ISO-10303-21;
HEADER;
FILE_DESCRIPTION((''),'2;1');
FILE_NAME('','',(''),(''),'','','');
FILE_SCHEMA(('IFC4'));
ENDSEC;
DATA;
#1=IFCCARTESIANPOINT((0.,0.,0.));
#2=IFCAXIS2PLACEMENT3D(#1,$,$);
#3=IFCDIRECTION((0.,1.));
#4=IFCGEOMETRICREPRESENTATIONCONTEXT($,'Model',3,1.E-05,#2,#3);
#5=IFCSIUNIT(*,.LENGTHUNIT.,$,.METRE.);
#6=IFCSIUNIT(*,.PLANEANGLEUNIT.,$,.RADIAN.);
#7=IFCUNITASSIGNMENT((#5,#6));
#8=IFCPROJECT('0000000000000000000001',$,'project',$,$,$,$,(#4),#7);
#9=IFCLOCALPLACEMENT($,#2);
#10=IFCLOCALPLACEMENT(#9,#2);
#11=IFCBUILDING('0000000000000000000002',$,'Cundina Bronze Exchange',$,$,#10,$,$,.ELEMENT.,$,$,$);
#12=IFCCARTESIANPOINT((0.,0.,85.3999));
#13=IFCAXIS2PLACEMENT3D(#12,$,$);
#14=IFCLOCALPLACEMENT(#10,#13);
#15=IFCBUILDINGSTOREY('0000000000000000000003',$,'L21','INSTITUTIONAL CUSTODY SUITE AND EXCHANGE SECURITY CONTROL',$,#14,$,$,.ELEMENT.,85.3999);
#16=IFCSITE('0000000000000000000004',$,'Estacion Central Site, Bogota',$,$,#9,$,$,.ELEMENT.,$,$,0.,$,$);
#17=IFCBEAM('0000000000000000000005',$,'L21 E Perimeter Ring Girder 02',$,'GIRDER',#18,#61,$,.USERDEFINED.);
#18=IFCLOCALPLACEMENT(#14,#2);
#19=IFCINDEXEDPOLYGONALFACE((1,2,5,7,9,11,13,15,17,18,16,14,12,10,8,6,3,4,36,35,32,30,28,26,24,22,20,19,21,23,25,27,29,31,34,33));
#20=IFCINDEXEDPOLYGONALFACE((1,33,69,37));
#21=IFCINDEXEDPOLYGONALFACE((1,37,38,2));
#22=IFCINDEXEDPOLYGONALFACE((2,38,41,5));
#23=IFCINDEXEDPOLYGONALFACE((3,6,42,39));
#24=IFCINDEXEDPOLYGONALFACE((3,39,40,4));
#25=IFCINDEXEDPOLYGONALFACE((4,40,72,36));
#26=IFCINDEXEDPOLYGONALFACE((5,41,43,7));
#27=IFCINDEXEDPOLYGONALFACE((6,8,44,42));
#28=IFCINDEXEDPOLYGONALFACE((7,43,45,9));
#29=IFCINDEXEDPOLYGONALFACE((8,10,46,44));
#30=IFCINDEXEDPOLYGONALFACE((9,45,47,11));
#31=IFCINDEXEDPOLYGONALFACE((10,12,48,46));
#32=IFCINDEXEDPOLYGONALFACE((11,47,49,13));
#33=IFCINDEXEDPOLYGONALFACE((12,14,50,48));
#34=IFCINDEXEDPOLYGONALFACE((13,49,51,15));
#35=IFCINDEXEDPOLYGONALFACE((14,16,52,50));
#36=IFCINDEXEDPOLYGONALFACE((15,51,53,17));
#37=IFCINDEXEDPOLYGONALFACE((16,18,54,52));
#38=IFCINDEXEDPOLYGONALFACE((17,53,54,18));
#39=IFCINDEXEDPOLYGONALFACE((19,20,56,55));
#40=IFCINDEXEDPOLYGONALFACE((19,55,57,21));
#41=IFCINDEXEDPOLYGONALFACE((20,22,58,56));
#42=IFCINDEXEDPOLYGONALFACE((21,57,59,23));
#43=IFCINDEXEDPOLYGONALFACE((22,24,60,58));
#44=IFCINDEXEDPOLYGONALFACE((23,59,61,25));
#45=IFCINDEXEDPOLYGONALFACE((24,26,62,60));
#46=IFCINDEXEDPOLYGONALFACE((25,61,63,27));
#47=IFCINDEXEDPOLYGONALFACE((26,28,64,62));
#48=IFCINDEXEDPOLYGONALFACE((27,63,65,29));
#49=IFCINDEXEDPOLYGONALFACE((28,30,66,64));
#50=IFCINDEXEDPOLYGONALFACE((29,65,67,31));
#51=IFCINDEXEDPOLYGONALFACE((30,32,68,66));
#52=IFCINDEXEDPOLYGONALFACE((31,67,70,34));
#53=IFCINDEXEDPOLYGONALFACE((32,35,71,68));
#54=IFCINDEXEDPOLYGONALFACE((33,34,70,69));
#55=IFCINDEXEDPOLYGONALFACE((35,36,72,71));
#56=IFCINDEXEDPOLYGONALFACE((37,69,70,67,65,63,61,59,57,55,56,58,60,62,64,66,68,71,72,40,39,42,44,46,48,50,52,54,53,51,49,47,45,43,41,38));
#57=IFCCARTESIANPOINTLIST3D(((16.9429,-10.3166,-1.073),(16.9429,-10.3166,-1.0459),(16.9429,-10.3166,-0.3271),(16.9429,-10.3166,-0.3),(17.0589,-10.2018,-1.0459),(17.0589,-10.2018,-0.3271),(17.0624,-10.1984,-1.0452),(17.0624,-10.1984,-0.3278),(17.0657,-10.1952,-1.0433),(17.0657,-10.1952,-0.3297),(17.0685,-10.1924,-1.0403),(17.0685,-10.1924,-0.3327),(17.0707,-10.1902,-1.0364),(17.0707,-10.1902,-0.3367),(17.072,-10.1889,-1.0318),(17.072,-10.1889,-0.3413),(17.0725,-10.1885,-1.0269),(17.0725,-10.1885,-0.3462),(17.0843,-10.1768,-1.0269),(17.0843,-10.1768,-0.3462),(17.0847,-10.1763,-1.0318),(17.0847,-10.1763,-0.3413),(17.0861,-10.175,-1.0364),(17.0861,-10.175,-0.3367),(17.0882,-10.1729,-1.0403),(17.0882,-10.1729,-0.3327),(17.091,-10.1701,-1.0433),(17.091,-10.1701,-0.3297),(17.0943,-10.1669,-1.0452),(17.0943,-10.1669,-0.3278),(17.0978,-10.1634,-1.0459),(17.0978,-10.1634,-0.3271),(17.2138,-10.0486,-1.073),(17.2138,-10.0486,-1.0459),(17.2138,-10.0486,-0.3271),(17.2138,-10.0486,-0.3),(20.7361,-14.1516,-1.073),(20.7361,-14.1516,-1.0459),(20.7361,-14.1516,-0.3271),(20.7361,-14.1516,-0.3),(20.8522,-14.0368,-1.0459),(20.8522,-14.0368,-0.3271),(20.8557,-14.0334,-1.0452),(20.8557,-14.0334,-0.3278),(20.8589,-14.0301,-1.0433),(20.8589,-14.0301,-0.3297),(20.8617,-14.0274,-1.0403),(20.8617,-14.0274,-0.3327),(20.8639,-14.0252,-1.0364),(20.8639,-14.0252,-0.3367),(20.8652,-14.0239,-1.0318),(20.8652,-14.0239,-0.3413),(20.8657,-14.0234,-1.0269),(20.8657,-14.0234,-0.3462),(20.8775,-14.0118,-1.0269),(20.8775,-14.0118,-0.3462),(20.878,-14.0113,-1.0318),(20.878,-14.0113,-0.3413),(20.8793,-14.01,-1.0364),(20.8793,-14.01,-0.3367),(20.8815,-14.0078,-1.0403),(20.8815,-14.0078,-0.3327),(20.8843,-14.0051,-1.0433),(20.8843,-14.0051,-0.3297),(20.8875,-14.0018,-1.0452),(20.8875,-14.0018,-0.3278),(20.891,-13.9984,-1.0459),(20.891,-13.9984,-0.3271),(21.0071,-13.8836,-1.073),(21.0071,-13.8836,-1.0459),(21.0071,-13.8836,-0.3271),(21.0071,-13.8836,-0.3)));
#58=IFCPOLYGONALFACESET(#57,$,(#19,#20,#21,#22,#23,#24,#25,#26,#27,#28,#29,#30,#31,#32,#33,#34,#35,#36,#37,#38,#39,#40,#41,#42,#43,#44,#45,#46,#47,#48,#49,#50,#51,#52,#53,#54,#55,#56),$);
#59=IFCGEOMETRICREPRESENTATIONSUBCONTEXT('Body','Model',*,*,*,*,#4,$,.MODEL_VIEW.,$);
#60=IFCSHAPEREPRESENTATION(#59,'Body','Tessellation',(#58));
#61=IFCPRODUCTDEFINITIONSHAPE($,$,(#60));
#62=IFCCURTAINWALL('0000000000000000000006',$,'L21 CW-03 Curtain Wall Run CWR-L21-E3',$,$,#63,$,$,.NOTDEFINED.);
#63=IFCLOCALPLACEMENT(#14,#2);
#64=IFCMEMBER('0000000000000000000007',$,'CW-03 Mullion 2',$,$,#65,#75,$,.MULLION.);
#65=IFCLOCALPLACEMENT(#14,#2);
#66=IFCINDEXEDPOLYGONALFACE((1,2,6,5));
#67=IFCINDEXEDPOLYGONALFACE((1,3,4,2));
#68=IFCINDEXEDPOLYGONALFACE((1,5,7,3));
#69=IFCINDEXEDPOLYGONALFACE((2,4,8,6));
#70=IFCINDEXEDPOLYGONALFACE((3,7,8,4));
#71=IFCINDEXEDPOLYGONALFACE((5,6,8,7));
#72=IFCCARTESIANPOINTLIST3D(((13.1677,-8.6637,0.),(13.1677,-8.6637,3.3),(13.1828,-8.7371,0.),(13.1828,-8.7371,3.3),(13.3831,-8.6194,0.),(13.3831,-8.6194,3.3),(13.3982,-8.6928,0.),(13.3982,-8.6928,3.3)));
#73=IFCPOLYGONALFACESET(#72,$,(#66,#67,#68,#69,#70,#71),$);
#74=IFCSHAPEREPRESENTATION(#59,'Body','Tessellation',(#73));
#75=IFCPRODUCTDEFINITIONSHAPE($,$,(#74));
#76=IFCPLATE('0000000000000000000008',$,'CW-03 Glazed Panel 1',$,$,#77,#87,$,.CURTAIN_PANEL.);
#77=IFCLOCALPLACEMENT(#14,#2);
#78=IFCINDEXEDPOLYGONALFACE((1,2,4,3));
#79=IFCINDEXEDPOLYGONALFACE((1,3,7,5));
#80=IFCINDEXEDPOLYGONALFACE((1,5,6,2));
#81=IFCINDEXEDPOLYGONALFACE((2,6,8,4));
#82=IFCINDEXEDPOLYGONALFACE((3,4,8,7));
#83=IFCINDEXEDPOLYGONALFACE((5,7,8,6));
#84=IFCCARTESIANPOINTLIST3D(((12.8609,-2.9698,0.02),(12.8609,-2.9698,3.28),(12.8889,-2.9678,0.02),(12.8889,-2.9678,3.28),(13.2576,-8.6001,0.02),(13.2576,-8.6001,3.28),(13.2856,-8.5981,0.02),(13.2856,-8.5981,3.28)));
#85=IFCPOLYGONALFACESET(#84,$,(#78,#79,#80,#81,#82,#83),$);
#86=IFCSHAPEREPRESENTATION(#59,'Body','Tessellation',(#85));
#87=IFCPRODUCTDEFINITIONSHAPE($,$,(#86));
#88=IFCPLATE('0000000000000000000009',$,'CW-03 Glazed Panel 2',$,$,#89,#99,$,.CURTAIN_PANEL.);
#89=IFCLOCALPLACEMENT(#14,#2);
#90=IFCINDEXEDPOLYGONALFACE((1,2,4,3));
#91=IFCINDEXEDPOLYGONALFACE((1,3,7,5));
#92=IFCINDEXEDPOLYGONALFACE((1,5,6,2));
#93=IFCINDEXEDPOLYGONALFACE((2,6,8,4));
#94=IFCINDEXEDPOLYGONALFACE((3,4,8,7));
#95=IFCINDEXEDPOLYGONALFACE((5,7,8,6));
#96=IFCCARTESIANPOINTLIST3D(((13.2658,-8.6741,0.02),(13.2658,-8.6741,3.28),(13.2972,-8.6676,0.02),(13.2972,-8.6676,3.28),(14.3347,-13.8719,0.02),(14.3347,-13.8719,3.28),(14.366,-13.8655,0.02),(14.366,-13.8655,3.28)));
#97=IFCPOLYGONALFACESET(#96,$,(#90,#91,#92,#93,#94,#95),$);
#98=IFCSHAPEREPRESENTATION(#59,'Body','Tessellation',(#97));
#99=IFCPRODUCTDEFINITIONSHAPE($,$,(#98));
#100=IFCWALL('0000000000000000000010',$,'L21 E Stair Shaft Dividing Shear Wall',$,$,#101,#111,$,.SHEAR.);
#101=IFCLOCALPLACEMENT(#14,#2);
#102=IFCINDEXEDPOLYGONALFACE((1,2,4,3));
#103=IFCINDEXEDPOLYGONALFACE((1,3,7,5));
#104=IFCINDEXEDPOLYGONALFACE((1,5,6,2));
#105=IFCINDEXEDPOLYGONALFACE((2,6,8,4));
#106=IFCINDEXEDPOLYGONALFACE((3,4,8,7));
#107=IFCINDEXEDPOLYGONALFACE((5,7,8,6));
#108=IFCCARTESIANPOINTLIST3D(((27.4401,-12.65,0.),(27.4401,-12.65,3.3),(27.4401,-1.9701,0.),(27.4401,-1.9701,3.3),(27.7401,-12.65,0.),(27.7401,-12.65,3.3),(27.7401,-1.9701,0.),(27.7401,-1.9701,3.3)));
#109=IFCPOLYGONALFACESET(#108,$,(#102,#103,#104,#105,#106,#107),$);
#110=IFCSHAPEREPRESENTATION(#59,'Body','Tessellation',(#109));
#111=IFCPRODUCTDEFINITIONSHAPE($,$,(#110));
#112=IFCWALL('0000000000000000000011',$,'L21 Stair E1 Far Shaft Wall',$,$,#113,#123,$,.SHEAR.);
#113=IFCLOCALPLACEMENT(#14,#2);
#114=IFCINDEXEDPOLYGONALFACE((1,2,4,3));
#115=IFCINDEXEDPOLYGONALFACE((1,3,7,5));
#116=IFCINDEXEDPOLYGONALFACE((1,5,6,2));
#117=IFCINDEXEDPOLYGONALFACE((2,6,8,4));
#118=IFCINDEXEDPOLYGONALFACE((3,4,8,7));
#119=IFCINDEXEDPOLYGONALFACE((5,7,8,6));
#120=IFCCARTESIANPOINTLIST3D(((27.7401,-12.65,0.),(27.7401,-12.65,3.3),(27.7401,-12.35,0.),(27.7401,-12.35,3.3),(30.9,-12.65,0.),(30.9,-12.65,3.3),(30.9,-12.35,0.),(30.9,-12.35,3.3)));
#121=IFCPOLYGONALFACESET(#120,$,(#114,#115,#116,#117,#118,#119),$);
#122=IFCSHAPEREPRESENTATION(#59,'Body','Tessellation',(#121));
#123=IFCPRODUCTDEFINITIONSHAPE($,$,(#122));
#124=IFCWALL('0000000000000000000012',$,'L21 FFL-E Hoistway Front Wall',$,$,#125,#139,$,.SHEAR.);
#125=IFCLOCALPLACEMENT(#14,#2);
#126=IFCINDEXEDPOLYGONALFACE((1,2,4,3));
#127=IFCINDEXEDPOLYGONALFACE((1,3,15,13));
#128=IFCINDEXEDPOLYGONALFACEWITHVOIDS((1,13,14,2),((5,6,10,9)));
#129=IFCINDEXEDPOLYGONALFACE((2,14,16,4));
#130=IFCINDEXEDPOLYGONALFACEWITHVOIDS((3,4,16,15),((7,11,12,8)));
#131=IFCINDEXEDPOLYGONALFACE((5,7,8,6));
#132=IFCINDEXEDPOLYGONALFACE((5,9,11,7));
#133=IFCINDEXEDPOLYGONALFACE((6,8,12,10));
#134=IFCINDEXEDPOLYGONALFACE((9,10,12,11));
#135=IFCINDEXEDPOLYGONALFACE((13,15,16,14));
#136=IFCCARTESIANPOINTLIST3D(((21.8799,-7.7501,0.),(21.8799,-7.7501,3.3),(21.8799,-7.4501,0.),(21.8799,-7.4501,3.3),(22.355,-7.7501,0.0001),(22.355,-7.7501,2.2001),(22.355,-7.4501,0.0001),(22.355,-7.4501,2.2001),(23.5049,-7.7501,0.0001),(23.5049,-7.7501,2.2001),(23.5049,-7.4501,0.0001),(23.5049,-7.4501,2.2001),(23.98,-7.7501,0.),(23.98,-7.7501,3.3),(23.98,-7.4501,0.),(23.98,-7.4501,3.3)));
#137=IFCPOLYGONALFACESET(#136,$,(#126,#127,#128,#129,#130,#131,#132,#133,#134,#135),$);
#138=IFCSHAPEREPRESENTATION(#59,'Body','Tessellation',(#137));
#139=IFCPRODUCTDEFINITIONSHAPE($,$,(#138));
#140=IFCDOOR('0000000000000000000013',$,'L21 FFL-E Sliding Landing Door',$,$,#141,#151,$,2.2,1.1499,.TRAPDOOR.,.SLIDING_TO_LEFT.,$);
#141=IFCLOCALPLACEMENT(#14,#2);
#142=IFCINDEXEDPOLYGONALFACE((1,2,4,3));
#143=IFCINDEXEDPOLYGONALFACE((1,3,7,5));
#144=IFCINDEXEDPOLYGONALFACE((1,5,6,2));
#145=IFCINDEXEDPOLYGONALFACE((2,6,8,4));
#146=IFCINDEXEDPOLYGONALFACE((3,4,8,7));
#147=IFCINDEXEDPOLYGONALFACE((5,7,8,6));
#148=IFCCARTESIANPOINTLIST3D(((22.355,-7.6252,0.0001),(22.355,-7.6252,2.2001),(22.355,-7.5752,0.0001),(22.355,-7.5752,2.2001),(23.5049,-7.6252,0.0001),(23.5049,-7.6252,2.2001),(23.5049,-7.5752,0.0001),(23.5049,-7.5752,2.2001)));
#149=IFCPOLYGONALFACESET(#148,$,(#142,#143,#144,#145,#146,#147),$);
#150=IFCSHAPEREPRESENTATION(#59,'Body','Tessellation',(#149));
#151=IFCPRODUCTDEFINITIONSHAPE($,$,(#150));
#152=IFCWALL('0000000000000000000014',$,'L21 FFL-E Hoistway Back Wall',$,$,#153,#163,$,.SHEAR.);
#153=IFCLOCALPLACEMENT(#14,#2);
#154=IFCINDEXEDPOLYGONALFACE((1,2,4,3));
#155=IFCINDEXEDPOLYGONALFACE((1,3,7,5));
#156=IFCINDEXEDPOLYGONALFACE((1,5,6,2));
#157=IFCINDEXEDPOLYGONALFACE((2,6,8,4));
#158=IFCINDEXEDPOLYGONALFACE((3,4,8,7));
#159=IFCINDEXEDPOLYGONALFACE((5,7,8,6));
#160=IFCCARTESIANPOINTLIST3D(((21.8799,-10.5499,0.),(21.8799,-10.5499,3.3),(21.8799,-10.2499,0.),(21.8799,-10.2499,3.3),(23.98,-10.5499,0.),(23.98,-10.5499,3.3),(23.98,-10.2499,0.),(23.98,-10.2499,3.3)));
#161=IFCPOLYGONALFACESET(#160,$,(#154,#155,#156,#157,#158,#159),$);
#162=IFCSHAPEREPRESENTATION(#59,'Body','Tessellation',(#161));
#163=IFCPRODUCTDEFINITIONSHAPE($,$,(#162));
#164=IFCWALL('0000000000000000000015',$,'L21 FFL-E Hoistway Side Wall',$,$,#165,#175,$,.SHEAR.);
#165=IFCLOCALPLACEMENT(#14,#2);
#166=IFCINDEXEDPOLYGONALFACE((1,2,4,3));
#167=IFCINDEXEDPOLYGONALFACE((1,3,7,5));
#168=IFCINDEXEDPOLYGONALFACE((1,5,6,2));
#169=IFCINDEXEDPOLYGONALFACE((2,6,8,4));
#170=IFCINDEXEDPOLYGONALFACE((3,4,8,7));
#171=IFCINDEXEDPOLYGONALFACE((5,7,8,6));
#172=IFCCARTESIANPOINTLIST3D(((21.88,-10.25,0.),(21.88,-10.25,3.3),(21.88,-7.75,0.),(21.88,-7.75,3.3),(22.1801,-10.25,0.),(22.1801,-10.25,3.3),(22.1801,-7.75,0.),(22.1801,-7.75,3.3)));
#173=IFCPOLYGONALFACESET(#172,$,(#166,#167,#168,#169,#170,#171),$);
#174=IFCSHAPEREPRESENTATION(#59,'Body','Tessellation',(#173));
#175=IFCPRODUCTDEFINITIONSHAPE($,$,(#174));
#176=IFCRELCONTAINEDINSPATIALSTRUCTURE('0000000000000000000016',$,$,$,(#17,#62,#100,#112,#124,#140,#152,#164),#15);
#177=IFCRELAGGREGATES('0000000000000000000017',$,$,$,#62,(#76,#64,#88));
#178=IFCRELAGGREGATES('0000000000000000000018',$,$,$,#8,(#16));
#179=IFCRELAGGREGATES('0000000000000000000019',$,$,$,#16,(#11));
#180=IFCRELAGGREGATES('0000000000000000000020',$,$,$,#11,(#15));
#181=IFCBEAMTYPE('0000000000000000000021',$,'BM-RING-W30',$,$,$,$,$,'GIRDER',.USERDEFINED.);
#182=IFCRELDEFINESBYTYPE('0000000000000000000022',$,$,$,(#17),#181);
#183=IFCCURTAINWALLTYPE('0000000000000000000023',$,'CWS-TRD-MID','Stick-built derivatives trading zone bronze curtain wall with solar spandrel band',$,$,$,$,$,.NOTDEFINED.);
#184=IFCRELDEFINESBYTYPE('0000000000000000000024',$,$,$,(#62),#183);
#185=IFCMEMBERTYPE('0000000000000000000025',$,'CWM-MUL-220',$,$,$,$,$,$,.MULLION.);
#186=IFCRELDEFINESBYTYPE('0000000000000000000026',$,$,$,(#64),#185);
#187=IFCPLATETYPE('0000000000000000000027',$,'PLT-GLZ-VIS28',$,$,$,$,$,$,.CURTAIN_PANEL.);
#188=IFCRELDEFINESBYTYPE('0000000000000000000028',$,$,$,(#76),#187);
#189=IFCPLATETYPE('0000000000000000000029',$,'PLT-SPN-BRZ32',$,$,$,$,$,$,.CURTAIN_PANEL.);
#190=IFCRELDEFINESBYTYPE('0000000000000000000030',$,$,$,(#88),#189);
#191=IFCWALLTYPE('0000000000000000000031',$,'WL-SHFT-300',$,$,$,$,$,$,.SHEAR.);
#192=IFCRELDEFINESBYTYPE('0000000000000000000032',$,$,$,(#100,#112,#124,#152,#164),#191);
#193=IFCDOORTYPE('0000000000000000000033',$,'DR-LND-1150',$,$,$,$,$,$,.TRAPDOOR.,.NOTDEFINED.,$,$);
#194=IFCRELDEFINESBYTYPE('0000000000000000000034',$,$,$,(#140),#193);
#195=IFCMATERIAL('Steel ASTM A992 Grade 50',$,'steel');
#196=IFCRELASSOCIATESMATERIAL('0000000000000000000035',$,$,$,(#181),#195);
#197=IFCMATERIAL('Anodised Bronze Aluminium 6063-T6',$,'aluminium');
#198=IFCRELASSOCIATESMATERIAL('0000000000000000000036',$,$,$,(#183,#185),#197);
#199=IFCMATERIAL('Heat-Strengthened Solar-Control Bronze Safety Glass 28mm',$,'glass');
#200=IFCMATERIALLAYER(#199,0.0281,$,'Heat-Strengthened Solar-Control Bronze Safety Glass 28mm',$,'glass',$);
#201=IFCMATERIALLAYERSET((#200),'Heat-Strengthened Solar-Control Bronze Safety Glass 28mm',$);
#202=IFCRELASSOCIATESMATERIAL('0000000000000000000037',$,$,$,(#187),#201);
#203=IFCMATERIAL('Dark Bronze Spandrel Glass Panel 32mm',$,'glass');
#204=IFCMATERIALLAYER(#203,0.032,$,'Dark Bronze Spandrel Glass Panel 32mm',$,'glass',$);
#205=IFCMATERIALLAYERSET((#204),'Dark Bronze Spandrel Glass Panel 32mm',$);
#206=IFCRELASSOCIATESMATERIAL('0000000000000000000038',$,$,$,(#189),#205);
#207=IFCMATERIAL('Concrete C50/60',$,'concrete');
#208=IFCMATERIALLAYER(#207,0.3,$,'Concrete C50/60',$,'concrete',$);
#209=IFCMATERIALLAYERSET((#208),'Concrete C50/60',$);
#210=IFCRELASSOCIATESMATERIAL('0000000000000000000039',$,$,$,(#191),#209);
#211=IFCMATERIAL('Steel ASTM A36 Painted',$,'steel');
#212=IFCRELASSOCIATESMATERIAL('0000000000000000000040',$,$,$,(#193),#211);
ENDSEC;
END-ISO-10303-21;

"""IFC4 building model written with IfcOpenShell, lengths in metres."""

from ifc_helpers import new_model, si_unit, direction, frame, frame_2d, origin, origin_2d, place, context, subcontext, project, spatial, rectangle, i_section, extrude, material, layer, layer_set, material_profile, profile_set, type_object, element, fill, aggregate, save


model = new_model("IFC4")

# Units and contexts
model_context = context("Model", 3, precision=1e-05, world=origin(), true_north=direction((0.0, 1.0)))
body_context = subcontext(model_context, "Body", "Model", "MODEL_VIEW")
ifc_project = project(units=[si_unit("LENGTHUNIT", "METRE"), si_unit("PLANEANGLEUNIT", "RADIAN")], contexts=[model_context])

# Site, building, storey
site_placement = place(None, origin())
site = spatial("IfcSite", under=ifc_project, at=site_placement, Name="Estacion Central Site, Bogota", CompositionType="ELEMENT", RefElevation=0.0)
building_placement = place(site_placement, origin())
building = spatial("IfcBuilding", under=site, at=building_placement, Name="Cundina Bronze Exchange", CompositionType="ELEMENT")
storey_placement = place(building_placement, frame((0.0, 0.0, 85.3999)))
storey = spatial("IfcBuildingStorey", under=building, at=storey_placement, Name="L21", Description="INSTITUTIONAL CUSTODY SUITE AND EXCHANGE SECURITY CONTROL", CompositionType="ELEMENT", Elevation=85.3999)

# Beam
ifc_material_1 = material(Name="Steel ASTM A992 Grade 50", Category="steel")
ifc_material_profile_1 = material_profile(ifc_material_1, i_section(OverallWidth=0.3811, OverallDepth=0.7729, WebThickness=0.0166, FlangeThickness=0.0271, FilletRadius=0.019, at=origin_2d()), Name="W30X173", Category="steel")
ifc_profile_set_1 = profile_set([ifc_material_profile_1], Name="Steel ASTM A992 Grade 50")
beam_type_1 = type_object("IfcBeamType", Name="BM-RING-W30", ElementType="GIRDER", PredefinedType="USERDEFINED", material=ifc_profile_set_1)
beam_1_placement = place(storey_placement, frame((17.0784, -10.1826, -0.6865), z_axis=(0.703226, -0.710966, 0.0), x_axis=(0.710966, 0.703226, 0.0)))
element("IfcBeam", 1, at=beam_1_placement, inside=storey, type_object=beam_type_1, Name="L21 E Perimeter Ring Girder 02", ObjectType="GIRDER", PredefinedType="USERDEFINED", context=body_context, shape_type="SweptSolid", body=[
    extrude(i_section(OverallWidth=0.3811, OverallDepth=0.7729, WebThickness=0.0166, FlangeThickness=0.0271, FilletRadius=0.019, at=origin_2d()), origin(), (0.0, 0.0, 1.0), 5.394),
])

# Curtain wall, member, plates
ifc_material_2 = material(Name="Anodised Bronze Aluminium 6063-T6", Category="aluminium")
curtain_wall_type = type_object("IfcCurtainWallType", Name="CWS-TRD-MID", Description="Stick-built derivatives trading zone bronze curtain wall with solar spandrel band", PredefinedType="NOTDEFINED", material=ifc_material_2)
curtain_wall_placement = place(storey_placement, origin())
curtain_wall = element("IfcCurtainWall", 2, at=curtain_wall_placement, inside=storey, type_object=curtain_wall_type, Name="L21 CW-03 Curtain Wall Run CWR-L21-E3", PredefinedType="NOTDEFINED")
ifc_material_profile_2 = material_profile(ifc_material_2, rectangle(XDim=0.075, YDim=0.22, at=origin_2d()), Name="AL75X220", Category="aluminium")
ifc_profile_set_2 = profile_set([ifc_material_profile_2], Name="Anodised Bronze Aluminium 6063-T6")
member_type = type_object("IfcMemberType", Name="CWM-MUL-220", PredefinedType="MULLION", material=ifc_profile_set_2)
member_placement = place(storey_placement, frame((13.283, -8.6782, 0.0), z_axis=(0.0, 0.0, 1.0), x_axis=(0.20142, -0.979505, 0.0)))
member = element("IfcMember", 3, at=member_placement, type_object=member_type, Name="CW-03 Mullion 2", PredefinedType="MULLION", context=body_context, shape_type="SweptSolid", body=[
    extrude(rectangle(XDim=0.075, YDim=0.22, at=origin_2d()), origin(), (0.0, 0.0, 1.0), 3.3),
])
ifc_material_3 = material(Name="Heat-Strengthened Solar-Control Bronze Safety Glass 28mm", Category="glass")
ifc_layer_1 = layer(ifc_material_3, 0.0281, Name="Heat-Strengthened Solar-Control Bronze Safety Glass 28mm", Category="glass")
ifc_layer_set_1 = layer_set([ifc_layer_1], Name="Heat-Strengthened Solar-Control Bronze Safety Glass 28mm")
plate_type_1 = type_object("IfcPlateType", Name="PLT-GLZ-VIS28", PredefinedType="CURTAIN_PANEL", material=ifc_layer_set_1)
plate_1_placement = place(storey_placement, frame((13.0732, -5.7839, 0.02), z_axis=(0.0, 0.0, 1.0), x_axis=(0.070279, -0.997527, 0.0)))
plate_1 = element("IfcPlate", 4, at=plate_1_placement, type_object=plate_type_1, Name="CW-03 Glazed Panel 1", PredefinedType="CURTAIN_PANEL", context=body_context, shape_type="SweptSolid", body=[
    extrude(rectangle(XDim=5.6443, YDim=0.0281, at=origin_2d()), origin(), (0.0, 0.0, 1.0), 3.26),
])
ifc_material_4 = material(Name="Dark Bronze Spandrel Glass Panel 32mm", Category="glass")
ifc_layer_2 = layer(ifc_material_4, 0.032, Name="Dark Bronze Spandrel Glass Panel 32mm", Category="glass")
ifc_layer_set_2 = layer_set([ifc_layer_2], Name="Dark Bronze Spandrel Glass Panel 32mm")
plate_type_2 = type_object("IfcPlateType", Name="PLT-SPN-BRZ32", PredefinedType="CURTAIN_PANEL", material=ifc_layer_set_2)
plate_2_placement = place(storey_placement, frame((13.8159, -11.2698, 0.02), z_axis=(0.0, 0.0, 1.0), x_axis=(0.20142, -0.979505, 0.0)))
plate_2 = element("IfcPlate", 5, at=plate_2_placement, type_object=plate_type_2, Name="CW-03 Glazed Panel 2", PredefinedType="CURTAIN_PANEL", context=body_context, shape_type="SweptSolid", body=[
    extrude(rectangle(XDim=5.3066, YDim=0.032, at=origin_2d()), origin(), (0.0, 0.0, 1.0), 3.26),
])
aggregate(curtain_wall, [plate_1, member, plate_2])

# Walls
ifc_material_5 = material(Name="Concrete C50/60", Category="concrete")
ifc_layer_3 = layer(ifc_material_5, 0.3, Name="Concrete C50/60", Category="concrete")
ifc_layer_set_3 = layer_set([ifc_layer_3], Name="Concrete C50/60")
wall_type_1 = type_object("IfcWallType", Name="WL-SHFT-300", PredefinedType="SHEAR", material=ifc_layer_set_3)
wall_1_placement = place(storey_placement, frame((27.5901, -12.6499, 0.0), z_axis=(0.0, 0.0, 1.0), x_axis=(0.0, 1.0, 0.0)))
element("IfcWall", 6, at=wall_1_placement, inside=storey, type_object=wall_type_1, Name="L21 E Stair Shaft Dividing Shear Wall", PredefinedType="SHEAR", context=body_context, shape_type="SweptSolid", body=[
    extrude(rectangle(XDim=10.6799, YDim=0.3, at=frame_2d((5.3398, 0.0))), origin(), (0.0, 0.0, 1.0), 3.3),
])
wall_2_placement = place(storey_placement, frame((27.74, -12.5, 0.0), z_axis=(0.0, 0.0, 1.0), x_axis=(1.0, 0.0, 0.0)))
element("IfcWall", 7, at=wall_2_placement, inside=storey, type_object=wall_type_1, Name="L21 Stair E1 Far Shaft Wall", PredefinedType="SHEAR", context=body_context, shape_type="SweptSolid", body=[
    extrude(rectangle(XDim=3.1599, YDim=0.3, at=frame_2d((1.5801, 0.0))), origin(), (0.0, 0.0, 1.0), 3.3),
])

# Wall, opening, door
ifc_material_6 = material(Name="Steel ASTM A36 Painted", Category="steel")
wall_3_placement = place(storey_placement, frame((21.8799, -7.6001, 0.0), z_axis=(0.0, 0.0, 1.0), x_axis=(1.0, 0.0, 0.0)))
wall_3 = element("IfcWall", 8, at=wall_3_placement, inside=storey, type_object=wall_type_1, Name="L21 FFL-E Hoistway Front Wall", PredefinedType="SHEAR", context=body_context, shape_type="SweptSolid", body=[
    extrude(rectangle(XDim=2.1001, YDim=0.3, at=frame_2d((1.05, 0.0))), origin(), (0.0, 0.0, 1.0), 3.3),
])
opening_1_placement = place(wall_3_placement, frame((0.4751, 0.0, 0.0)))
opening_1 = element("IfcOpeningElement", 9, at=opening_1_placement, cuts=wall_3, PredefinedType="OPENING", context=body_context, shape_type="SweptSolid", body=[
    extrude(rectangle(XDim=1.1499, YDim=2.2, at=frame_2d((0.575, 1.1001))), frame((0.0, 0.1599, 0.0), z_axis=(0.0, -1.0, 0.0), x_axis=(1.0, 0.0, 0.0)), (0.0, 0.0, 1.0), 0.3201),
])
door_type_1 = type_object("IfcDoorType", Name="DR-LND-1150", OperationType="NOTDEFINED", PredefinedType="TRAPDOOR", material=ifc_material_6)
door_1_placement = place(opening_1_placement, origin())
door_1 = element("IfcDoor", 10, at=door_1_placement, inside=storey, type_object=door_type_1, Name="L21 FFL-E Sliding Landing Door", OperationType="SLIDING_TO_LEFT", OverallHeight=2.2, OverallWidth=1.1499, PredefinedType="TRAPDOOR", context=body_context, shape_type="SweptSolid", body=[
    extrude(rectangle(XDim=1.1499, YDim=2.2, at=frame_2d((0.575, 1.1001))), frame((0.0, 0.0249, 0.0), z_axis=(0.0, -1.0, 0.0), x_axis=(1.0, 0.0, 0.0)), (0.0, 0.0, 1.0), 0.05),
])
fill(opening_1, door_1)

# Walls
wall_4_placement = place(storey_placement, frame((21.8799, -10.3999, 0.0), z_axis=(0.0, 0.0, 1.0), x_axis=(1.0, 0.0, 0.0)))
element("IfcWall", 11, at=wall_4_placement, inside=storey, type_object=wall_type_1, Name="L21 FFL-E Hoistway Back Wall", PredefinedType="SHEAR", context=body_context, shape_type="SweptSolid", body=[
    extrude(rectangle(XDim=2.1001, YDim=0.3, at=frame_2d((1.05, 0.0))), origin(), (0.0, 0.0, 1.0), 3.3),
])
wall_5_placement = place(storey_placement, frame((22.03, -10.25, 0.0), z_axis=(0.0, 0.0, 1.0), x_axis=(0.0, 1.0, 0.0)))
element("IfcWall", 12, at=wall_5_placement, inside=storey, type_object=wall_type_1, Name="L21 FFL-E Hoistway Side Wall", PredefinedType="SHEAR", context=body_context, shape_type="SweptSolid", body=[
    extrude(rectangle(XDim=2.5, YDim=0.3, at=frame_2d((1.25, 0.0))), origin(), (0.0, 0.0, 1.0), 3.3),
])

save(model, "model.ifc")
